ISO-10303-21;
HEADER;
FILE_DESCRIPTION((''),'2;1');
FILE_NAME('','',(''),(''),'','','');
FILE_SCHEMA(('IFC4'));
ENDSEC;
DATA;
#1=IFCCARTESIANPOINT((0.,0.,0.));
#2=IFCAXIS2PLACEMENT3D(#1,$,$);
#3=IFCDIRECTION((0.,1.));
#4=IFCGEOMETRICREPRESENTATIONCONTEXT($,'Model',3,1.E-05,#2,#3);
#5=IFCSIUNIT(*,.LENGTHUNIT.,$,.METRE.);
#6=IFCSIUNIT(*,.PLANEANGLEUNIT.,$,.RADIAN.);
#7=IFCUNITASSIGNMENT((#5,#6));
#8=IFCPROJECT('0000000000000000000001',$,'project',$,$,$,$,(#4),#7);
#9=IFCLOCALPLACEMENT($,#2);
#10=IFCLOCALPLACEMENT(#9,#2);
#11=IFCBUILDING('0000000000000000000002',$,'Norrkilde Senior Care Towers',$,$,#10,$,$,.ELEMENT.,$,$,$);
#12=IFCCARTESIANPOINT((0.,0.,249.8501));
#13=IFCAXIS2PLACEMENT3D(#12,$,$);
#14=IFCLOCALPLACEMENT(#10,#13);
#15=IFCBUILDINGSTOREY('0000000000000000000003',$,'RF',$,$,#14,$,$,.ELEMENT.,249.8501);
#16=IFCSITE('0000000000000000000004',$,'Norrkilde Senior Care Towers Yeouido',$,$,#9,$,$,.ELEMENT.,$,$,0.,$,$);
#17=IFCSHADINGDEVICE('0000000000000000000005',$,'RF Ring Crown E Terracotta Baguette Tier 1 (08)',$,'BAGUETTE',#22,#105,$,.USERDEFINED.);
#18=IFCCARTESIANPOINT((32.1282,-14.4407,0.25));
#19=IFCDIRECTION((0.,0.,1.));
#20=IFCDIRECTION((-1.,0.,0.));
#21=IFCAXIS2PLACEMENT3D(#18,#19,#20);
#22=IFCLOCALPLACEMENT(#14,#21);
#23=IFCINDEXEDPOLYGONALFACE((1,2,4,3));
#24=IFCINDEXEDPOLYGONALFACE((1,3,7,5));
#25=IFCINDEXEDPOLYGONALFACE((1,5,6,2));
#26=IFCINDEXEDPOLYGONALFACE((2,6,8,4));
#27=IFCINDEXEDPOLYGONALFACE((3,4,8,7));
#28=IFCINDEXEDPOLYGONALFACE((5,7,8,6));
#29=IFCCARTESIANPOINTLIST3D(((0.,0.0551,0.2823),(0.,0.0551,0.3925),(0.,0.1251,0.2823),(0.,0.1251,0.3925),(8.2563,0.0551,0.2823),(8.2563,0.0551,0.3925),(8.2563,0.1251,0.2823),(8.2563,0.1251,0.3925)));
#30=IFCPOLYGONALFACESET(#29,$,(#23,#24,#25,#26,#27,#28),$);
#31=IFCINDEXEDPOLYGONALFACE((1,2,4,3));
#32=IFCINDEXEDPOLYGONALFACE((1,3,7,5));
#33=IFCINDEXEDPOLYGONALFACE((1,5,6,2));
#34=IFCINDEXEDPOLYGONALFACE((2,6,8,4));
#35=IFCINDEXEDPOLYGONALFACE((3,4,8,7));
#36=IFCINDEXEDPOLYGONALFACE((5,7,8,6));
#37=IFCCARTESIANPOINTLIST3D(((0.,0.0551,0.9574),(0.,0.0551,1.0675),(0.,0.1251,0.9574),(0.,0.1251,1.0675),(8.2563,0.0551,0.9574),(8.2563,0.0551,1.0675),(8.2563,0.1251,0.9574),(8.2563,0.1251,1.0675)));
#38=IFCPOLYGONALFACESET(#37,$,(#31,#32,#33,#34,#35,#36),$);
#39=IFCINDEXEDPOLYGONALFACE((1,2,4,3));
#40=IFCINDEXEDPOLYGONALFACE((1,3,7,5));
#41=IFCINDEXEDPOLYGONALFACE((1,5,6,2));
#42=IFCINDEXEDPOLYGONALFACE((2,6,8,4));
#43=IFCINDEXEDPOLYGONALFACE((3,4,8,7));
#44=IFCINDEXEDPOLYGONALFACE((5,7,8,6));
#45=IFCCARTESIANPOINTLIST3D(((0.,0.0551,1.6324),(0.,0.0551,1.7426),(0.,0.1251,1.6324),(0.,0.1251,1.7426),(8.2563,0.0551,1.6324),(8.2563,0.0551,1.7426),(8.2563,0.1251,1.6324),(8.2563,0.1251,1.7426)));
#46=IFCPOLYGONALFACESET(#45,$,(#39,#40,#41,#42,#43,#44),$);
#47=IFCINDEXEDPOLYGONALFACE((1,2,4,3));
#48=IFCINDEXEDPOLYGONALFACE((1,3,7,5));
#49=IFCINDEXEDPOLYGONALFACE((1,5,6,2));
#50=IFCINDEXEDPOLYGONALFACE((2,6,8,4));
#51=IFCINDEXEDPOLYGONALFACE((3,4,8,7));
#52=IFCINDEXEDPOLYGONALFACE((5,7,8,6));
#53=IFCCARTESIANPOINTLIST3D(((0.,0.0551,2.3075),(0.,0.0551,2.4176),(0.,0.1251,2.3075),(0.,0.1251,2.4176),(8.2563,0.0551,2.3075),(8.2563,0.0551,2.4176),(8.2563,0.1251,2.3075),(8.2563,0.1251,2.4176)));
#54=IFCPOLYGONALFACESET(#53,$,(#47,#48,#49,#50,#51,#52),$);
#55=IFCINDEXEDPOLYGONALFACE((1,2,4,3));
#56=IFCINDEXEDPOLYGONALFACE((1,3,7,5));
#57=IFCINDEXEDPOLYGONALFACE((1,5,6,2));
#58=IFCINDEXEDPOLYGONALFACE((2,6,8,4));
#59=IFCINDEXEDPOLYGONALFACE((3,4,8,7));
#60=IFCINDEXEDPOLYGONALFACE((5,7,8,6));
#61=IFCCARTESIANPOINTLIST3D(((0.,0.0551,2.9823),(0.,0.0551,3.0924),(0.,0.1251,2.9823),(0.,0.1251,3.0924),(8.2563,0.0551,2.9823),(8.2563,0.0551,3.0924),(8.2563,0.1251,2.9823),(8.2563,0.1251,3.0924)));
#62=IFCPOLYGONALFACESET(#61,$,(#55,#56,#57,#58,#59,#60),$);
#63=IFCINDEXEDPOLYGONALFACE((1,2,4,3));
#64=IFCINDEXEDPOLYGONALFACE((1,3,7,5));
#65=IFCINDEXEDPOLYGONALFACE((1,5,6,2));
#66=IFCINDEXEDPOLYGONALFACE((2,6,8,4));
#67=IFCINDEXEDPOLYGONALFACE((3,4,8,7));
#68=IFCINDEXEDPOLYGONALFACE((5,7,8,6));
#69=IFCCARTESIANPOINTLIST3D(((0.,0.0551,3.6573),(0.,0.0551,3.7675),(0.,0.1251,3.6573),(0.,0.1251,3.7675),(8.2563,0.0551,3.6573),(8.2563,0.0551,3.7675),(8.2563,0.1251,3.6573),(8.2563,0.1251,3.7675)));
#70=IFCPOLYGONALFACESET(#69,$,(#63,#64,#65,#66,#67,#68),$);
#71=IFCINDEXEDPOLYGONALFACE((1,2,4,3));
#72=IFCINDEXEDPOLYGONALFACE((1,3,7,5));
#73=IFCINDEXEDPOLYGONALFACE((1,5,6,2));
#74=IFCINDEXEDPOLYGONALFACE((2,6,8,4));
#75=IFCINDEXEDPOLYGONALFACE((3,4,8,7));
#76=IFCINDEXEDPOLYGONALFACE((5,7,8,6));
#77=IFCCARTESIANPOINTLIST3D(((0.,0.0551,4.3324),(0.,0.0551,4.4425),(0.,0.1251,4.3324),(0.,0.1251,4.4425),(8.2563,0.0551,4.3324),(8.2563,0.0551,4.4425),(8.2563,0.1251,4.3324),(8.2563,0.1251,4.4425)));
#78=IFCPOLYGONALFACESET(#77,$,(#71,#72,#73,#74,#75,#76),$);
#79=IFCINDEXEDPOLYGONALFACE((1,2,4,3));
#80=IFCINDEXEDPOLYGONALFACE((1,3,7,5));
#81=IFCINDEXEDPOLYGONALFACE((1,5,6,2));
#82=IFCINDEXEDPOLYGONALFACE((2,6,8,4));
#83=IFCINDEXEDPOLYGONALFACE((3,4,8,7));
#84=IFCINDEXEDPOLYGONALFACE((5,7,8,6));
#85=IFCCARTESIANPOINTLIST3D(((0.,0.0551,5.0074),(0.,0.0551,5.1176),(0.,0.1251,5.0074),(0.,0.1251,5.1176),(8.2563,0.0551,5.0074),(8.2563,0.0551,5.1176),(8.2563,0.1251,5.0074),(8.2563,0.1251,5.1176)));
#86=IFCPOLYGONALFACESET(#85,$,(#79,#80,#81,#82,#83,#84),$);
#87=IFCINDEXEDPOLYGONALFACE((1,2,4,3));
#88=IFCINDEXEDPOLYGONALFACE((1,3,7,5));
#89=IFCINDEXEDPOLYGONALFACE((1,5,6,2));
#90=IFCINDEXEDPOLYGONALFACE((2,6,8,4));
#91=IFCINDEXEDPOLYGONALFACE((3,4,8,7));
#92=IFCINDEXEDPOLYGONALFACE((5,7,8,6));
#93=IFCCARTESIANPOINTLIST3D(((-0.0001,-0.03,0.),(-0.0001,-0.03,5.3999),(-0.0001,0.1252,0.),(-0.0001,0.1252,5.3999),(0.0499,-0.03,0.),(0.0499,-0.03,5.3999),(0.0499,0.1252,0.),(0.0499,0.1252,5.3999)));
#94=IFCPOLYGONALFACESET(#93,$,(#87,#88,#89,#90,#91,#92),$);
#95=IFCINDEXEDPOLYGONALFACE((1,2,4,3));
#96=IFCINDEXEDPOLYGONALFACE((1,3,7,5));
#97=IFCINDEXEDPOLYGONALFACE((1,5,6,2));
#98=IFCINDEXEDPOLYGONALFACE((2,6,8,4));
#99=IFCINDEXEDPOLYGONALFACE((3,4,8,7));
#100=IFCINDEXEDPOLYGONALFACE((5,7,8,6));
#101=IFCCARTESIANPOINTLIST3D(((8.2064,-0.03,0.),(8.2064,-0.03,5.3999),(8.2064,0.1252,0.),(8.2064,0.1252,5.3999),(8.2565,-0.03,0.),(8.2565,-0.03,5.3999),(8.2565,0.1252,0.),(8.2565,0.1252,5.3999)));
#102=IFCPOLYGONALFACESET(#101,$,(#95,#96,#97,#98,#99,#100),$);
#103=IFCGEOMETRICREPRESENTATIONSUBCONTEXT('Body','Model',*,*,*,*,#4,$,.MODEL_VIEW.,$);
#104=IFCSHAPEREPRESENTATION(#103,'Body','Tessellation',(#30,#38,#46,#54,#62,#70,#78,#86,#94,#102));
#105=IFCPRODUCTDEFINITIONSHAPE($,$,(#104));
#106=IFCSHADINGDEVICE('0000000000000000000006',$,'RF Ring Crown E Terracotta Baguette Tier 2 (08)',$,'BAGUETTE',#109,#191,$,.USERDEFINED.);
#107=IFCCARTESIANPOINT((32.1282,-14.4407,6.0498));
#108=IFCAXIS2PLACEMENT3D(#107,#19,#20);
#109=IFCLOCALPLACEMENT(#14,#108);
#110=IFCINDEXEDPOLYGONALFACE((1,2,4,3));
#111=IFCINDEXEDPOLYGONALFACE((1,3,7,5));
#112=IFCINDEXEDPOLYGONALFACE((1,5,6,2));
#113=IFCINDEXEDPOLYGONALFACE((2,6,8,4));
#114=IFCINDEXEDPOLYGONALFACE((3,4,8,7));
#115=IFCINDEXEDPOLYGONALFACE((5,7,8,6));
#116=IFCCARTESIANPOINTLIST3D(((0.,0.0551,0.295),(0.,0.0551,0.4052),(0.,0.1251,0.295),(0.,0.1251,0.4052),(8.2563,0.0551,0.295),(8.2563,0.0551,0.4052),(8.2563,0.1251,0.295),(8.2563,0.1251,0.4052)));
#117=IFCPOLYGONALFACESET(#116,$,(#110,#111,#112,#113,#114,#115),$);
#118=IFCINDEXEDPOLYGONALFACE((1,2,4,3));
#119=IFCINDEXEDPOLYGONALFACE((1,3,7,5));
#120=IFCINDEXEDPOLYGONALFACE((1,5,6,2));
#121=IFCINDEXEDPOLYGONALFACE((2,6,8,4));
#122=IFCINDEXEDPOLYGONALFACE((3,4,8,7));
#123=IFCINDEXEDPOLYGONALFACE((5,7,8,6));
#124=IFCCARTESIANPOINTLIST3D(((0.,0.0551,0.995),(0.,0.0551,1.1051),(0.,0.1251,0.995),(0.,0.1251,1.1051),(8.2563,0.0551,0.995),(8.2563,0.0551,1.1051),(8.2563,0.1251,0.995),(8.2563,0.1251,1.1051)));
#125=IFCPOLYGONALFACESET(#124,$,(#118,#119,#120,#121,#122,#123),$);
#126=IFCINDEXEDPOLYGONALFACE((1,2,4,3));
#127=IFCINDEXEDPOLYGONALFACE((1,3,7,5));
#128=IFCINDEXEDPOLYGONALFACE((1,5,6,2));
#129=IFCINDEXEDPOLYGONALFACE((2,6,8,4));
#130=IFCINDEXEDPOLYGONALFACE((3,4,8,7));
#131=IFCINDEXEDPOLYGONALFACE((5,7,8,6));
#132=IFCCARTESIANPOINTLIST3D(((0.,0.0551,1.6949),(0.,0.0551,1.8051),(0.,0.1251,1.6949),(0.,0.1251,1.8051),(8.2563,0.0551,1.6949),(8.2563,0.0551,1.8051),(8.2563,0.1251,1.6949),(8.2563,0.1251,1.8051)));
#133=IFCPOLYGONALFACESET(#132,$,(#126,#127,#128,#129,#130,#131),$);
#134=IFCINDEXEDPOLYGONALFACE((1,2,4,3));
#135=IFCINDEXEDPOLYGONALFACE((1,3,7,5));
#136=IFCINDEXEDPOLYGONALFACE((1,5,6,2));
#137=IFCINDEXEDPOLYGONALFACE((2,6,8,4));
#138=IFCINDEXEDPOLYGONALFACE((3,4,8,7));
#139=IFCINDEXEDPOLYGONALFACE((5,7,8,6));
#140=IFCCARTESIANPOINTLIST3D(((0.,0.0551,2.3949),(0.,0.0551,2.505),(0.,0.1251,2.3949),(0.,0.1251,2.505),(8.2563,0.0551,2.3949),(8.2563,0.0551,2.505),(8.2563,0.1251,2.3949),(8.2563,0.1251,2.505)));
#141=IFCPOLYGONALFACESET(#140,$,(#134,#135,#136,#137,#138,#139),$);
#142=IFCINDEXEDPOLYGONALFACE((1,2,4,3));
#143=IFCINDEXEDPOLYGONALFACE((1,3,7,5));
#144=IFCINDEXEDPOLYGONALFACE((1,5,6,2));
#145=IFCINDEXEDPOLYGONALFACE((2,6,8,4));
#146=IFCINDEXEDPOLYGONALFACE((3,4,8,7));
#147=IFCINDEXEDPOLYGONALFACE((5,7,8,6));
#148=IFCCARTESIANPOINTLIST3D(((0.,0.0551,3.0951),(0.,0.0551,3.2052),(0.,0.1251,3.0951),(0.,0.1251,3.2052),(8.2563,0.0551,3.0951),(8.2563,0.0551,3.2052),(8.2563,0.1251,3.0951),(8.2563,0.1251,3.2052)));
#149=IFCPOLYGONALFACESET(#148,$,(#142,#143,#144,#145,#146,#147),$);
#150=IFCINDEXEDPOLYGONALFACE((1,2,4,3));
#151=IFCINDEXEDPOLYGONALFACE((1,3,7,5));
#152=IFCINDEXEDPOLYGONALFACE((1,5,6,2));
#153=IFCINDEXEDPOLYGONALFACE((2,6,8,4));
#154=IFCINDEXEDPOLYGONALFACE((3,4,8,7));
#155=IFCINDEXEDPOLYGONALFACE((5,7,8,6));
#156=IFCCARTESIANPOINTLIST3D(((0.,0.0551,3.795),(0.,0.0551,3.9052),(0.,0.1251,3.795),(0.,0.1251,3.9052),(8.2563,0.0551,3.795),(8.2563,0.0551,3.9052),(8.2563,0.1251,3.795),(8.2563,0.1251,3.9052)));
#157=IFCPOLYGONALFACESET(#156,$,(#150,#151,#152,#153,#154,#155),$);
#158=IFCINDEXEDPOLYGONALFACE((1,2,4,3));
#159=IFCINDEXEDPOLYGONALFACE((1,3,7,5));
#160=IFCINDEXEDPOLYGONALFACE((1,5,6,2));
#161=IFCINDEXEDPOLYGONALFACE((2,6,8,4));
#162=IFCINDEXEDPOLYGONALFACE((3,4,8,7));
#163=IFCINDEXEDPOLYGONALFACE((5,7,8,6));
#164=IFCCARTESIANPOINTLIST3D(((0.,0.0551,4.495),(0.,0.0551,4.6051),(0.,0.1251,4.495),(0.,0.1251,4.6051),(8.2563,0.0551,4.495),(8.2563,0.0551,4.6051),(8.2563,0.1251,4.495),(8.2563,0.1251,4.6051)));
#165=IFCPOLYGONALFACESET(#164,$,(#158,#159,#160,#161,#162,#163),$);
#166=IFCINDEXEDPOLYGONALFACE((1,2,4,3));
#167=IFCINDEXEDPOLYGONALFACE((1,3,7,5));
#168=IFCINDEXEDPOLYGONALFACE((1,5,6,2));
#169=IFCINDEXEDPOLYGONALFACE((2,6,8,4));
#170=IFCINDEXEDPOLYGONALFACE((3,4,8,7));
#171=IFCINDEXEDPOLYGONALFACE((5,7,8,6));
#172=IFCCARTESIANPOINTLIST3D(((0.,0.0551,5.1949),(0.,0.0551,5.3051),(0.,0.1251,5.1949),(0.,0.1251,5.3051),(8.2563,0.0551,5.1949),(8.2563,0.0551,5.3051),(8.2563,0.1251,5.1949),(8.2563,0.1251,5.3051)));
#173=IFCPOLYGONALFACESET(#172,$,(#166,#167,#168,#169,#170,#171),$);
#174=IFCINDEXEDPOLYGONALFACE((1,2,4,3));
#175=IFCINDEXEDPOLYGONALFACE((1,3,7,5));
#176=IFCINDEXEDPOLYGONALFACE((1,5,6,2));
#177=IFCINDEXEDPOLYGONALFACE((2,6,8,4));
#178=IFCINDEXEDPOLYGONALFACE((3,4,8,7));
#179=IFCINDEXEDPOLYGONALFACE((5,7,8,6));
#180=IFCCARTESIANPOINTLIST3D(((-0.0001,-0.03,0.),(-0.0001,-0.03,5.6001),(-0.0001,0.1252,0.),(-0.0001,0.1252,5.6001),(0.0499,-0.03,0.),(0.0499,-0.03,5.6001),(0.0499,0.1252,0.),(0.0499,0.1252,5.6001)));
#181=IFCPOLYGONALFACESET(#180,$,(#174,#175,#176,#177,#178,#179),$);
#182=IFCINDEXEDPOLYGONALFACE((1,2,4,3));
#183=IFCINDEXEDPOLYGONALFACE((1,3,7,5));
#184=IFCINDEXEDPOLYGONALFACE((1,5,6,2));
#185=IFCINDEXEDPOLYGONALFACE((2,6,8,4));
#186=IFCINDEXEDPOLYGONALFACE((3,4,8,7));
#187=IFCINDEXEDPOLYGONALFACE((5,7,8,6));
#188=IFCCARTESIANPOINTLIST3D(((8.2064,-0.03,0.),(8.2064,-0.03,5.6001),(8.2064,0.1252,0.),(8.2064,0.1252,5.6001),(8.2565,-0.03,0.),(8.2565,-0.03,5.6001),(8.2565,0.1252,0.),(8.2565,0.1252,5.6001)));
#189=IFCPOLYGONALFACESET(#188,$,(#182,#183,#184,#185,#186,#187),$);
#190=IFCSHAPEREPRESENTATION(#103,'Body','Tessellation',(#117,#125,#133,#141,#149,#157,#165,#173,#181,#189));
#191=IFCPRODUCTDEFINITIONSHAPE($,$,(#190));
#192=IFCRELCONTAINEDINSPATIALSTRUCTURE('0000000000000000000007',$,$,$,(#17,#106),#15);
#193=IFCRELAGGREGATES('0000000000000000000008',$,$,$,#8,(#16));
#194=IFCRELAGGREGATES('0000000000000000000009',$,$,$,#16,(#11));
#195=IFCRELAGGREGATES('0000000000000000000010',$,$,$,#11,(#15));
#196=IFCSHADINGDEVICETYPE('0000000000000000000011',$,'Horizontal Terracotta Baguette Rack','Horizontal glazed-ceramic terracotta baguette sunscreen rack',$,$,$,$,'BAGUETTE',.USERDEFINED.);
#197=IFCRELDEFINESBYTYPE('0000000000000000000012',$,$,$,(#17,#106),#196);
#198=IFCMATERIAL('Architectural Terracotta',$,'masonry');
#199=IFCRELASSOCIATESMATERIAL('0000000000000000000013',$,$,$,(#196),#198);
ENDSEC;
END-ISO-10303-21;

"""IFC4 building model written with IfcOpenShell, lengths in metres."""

from ifc_helpers import new_model, si_unit, direction, frame, origin, origin_2d, place, context, subcontext, project, spatial, rectangle, extrude, source, transform, mapped, material, type_object, type_shapes, element, save


model = new_model("IFC4")

# Units and contexts
model_context = context("Model", 3, precision=1e-05, world=origin(), true_north=direction((0.0, 1.0)))
body_context = subcontext(model_context, "Body", "Model", "MODEL_VIEW")
ifc_project = project(units=[si_unit("LENGTHUNIT", "METRE"), si_unit("PLANEANGLEUNIT", "RADIAN")], contexts=[model_context])

# Site, building, storey
site_placement = place(None, origin())
site = spatial("IfcSite", under=ifc_project, at=site_placement, Name="Norrkilde Senior Care Towers Yeouido", CompositionType="ELEMENT", RefElevation=0.0)
building_placement = place(site_placement, origin())
building = spatial("IfcBuilding", under=site, at=building_placement, Name="Norrkilde Senior Care Towers", CompositionType="ELEMENT")
storey_placement = place(building_placement, frame((0.0, 0.0, 249.8501)))
storey = spatial("IfcBuildingStorey", under=building, at=storey_placement, Name="RF", CompositionType="ELEMENT", Elevation=249.8501)

# Shared definitions
ifc_material_1 = material(Name="Architectural Terracotta", Category="masonry")

# Shading devices
shading_device_type = type_object("IfcShadingDeviceType", Name="Horizontal Terracotta Baguette Rack", Description="Horizontal glazed-ceramic terracotta baguette sunscreen rack", ElementType="BAGUETTE", PredefinedType="USERDEFINED", material=ifc_material_1)
shared_shape_1 = source(origin(), body_context, "Body", "SweptSolid", [
    extrude(rectangle(XDim=0.0701, YDim=0.1101, at=origin_2d()), frame((0.0, 0.0901, 0.3374), z_axis=(1.0, 0.0, 0.0), x_axis=(0.0, 1.0, 0.0)), (0.0, 0.0, 1.0), 8.2563),
    extrude(rectangle(XDim=0.0701, YDim=0.1101, at=origin_2d()), frame((0.0, 0.0901, 1.0125), z_axis=(1.0, 0.0, 0.0), x_axis=(0.0, 1.0, 0.0)), (0.0, 0.0, 1.0), 8.2563),
    extrude(rectangle(XDim=0.0701, YDim=0.1101, at=origin_2d()), frame((0.0, 0.0901, 1.6875), z_axis=(1.0, 0.0, 0.0), x_axis=(0.0, 1.0, 0.0)), (0.0, 0.0, 1.0), 8.2563),
    extrude(rectangle(XDim=0.0701, YDim=0.1101, at=origin_2d()), frame((0.0, 0.0901, 2.3625), z_axis=(1.0, 0.0, 0.0), x_axis=(0.0, 1.0, 0.0)), (0.0, 0.0, 1.0), 8.2563),
    extrude(rectangle(XDim=0.0701, YDim=0.1101, at=origin_2d()), frame((0.0, 0.0901, 3.0374), z_axis=(1.0, 0.0, 0.0), x_axis=(0.0, 1.0, 0.0)), (0.0, 0.0, 1.0), 8.2563),
    extrude(rectangle(XDim=0.0701, YDim=0.1101, at=origin_2d()), frame((0.0, 0.0901, 3.7124), z_axis=(1.0, 0.0, 0.0), x_axis=(0.0, 1.0, 0.0)), (0.0, 0.0, 1.0), 8.2563),
    extrude(rectangle(XDim=0.0701, YDim=0.1101, at=origin_2d()), frame((0.0, 0.0901, 4.3875), z_axis=(1.0, 0.0, 0.0), x_axis=(0.0, 1.0, 0.0)), (0.0, 0.0, 1.0), 8.2563),
    extrude(rectangle(XDim=0.0701, YDim=0.1101, at=origin_2d()), frame((0.0, 0.0901, 5.0625), z_axis=(1.0, 0.0, 0.0), x_axis=(0.0, 1.0, 0.0)), (0.0, 0.0, 1.0), 8.2563),
    extrude(rectangle(XDim=0.05, YDim=0.1553, at=origin_2d()), frame((0.0249, 0.0476, 0.0)), (0.0, 0.0, 1.0), 5.3999),
    extrude(rectangle(XDim=0.05, YDim=0.1553, at=origin_2d()), frame((8.2314, 0.0476, 0.0)), (0.0, 0.0, 1.0), 5.3999),
])
shading_device_1_placement = place(storey_placement, frame((32.1282, -14.4407, 0.25), z_axis=(0.0, 0.0, 1.0), x_axis=(-1.0, 0.0, 0.0)))
element("IfcShadingDevice", 1, at=shading_device_1_placement, inside=storey, type_object=shading_device_type, Name="RF Ring Crown E Terracotta Baguette Tier 1 (08)", ObjectType="BAGUETTE", PredefinedType="USERDEFINED", context=body_context, shape_type="MappedRepresentation", body=[
    mapped(shared_shape_1, transform((0.0, 0.0, 0.0), x_axis=(1.0, 0.0, 0.0), y_axis=(0.0, 1.0, 0.0), z_axis=(0.0, 0.0, 1.0), scale=1.0)),
])
shared_shape_2 = source(origin(), body_context, "Body", "SweptSolid", [
    extrude(rectangle(XDim=0.0701, YDim=0.1101, at=origin_2d()), frame((0.0, 0.0901, 0.3501), z_axis=(1.0, 0.0, 0.0), x_axis=(0.0, 1.0, 0.0)), (0.0, 0.0, 1.0), 8.2563),
    extrude(rectangle(XDim=0.0701, YDim=0.1101, at=origin_2d()), frame((0.0, 0.0901, 1.05), z_axis=(1.0, 0.0, 0.0), x_axis=(0.0, 1.0, 0.0)), (0.0, 0.0, 1.0), 8.2563),
    extrude(rectangle(XDim=0.0701, YDim=0.1101, at=origin_2d()), frame((0.0, 0.0901, 1.75), z_axis=(1.0, 0.0, 0.0), x_axis=(0.0, 1.0, 0.0)), (0.0, 0.0, 1.0), 8.2563),
    extrude(rectangle(XDim=0.0701, YDim=0.1101, at=origin_2d()), frame((0.0, 0.0901, 2.45), z_axis=(1.0, 0.0, 0.0), x_axis=(0.0, 1.0, 0.0)), (0.0, 0.0, 1.0), 8.2563),
    extrude(rectangle(XDim=0.0701, YDim=0.1101, at=origin_2d()), frame((0.0, 0.0901, 3.1501), z_axis=(1.0, 0.0, 0.0), x_axis=(0.0, 1.0, 0.0)), (0.0, 0.0, 1.0), 8.2563),
    extrude(rectangle(XDim=0.0701, YDim=0.1101, at=origin_2d()), frame((0.0, 0.0901, 3.8501), z_axis=(1.0, 0.0, 0.0), x_axis=(0.0, 1.0, 0.0)), (0.0, 0.0, 1.0), 8.2563),
    extrude(rectangle(XDim=0.0701, YDim=0.1101, at=origin_2d()), frame((0.0, 0.0901, 4.55), z_axis=(1.0, 0.0, 0.0), x_axis=(0.0, 1.0, 0.0)), (0.0, 0.0, 1.0), 8.2563),
    extrude(rectangle(XDim=0.0701, YDim=0.1101, at=origin_2d()), frame((0.0, 0.0901, 5.25), z_axis=(1.0, 0.0, 0.0), x_axis=(0.0, 1.0, 0.0)), (0.0, 0.0, 1.0), 8.2563),
    extrude(rectangle(XDim=0.05, YDim=0.1553, at=origin_2d()), frame((0.0249, 0.0476, 0.0)), (0.0, 0.0, 1.0), 5.6001),
    extrude(rectangle(XDim=0.05, YDim=0.1553, at=origin_2d()), frame((8.2314, 0.0476, 0.0)), (0.0, 0.0, 1.0), 5.6001),
])
type_shapes(shading_device_type, [shared_shape_1, shared_shape_2])
shading_device_2_placement = place(storey_placement, frame((32.1282, -14.4407, 6.0498), z_axis=(0.0, 0.0, 1.0), x_axis=(-1.0, 0.0, 0.0)))
element("IfcShadingDevice", 2, at=shading_device_2_placement, inside=storey, type_object=shading_device_type, Name="RF Ring Crown E Terracotta Baguette Tier 2 (08)", ObjectType="BAGUETTE", PredefinedType="USERDEFINED", context=body_context, shape_type="MappedRepresentation", body=[
    mapped(shared_shape_2, transform((0.0, 0.0, 0.0), x_axis=(1.0, 0.0, 0.0), y_axis=(0.0, 1.0, 0.0), z_axis=(0.0, 0.0, 1.0), scale=1.0)),
])

save(model, "model.ifc")
